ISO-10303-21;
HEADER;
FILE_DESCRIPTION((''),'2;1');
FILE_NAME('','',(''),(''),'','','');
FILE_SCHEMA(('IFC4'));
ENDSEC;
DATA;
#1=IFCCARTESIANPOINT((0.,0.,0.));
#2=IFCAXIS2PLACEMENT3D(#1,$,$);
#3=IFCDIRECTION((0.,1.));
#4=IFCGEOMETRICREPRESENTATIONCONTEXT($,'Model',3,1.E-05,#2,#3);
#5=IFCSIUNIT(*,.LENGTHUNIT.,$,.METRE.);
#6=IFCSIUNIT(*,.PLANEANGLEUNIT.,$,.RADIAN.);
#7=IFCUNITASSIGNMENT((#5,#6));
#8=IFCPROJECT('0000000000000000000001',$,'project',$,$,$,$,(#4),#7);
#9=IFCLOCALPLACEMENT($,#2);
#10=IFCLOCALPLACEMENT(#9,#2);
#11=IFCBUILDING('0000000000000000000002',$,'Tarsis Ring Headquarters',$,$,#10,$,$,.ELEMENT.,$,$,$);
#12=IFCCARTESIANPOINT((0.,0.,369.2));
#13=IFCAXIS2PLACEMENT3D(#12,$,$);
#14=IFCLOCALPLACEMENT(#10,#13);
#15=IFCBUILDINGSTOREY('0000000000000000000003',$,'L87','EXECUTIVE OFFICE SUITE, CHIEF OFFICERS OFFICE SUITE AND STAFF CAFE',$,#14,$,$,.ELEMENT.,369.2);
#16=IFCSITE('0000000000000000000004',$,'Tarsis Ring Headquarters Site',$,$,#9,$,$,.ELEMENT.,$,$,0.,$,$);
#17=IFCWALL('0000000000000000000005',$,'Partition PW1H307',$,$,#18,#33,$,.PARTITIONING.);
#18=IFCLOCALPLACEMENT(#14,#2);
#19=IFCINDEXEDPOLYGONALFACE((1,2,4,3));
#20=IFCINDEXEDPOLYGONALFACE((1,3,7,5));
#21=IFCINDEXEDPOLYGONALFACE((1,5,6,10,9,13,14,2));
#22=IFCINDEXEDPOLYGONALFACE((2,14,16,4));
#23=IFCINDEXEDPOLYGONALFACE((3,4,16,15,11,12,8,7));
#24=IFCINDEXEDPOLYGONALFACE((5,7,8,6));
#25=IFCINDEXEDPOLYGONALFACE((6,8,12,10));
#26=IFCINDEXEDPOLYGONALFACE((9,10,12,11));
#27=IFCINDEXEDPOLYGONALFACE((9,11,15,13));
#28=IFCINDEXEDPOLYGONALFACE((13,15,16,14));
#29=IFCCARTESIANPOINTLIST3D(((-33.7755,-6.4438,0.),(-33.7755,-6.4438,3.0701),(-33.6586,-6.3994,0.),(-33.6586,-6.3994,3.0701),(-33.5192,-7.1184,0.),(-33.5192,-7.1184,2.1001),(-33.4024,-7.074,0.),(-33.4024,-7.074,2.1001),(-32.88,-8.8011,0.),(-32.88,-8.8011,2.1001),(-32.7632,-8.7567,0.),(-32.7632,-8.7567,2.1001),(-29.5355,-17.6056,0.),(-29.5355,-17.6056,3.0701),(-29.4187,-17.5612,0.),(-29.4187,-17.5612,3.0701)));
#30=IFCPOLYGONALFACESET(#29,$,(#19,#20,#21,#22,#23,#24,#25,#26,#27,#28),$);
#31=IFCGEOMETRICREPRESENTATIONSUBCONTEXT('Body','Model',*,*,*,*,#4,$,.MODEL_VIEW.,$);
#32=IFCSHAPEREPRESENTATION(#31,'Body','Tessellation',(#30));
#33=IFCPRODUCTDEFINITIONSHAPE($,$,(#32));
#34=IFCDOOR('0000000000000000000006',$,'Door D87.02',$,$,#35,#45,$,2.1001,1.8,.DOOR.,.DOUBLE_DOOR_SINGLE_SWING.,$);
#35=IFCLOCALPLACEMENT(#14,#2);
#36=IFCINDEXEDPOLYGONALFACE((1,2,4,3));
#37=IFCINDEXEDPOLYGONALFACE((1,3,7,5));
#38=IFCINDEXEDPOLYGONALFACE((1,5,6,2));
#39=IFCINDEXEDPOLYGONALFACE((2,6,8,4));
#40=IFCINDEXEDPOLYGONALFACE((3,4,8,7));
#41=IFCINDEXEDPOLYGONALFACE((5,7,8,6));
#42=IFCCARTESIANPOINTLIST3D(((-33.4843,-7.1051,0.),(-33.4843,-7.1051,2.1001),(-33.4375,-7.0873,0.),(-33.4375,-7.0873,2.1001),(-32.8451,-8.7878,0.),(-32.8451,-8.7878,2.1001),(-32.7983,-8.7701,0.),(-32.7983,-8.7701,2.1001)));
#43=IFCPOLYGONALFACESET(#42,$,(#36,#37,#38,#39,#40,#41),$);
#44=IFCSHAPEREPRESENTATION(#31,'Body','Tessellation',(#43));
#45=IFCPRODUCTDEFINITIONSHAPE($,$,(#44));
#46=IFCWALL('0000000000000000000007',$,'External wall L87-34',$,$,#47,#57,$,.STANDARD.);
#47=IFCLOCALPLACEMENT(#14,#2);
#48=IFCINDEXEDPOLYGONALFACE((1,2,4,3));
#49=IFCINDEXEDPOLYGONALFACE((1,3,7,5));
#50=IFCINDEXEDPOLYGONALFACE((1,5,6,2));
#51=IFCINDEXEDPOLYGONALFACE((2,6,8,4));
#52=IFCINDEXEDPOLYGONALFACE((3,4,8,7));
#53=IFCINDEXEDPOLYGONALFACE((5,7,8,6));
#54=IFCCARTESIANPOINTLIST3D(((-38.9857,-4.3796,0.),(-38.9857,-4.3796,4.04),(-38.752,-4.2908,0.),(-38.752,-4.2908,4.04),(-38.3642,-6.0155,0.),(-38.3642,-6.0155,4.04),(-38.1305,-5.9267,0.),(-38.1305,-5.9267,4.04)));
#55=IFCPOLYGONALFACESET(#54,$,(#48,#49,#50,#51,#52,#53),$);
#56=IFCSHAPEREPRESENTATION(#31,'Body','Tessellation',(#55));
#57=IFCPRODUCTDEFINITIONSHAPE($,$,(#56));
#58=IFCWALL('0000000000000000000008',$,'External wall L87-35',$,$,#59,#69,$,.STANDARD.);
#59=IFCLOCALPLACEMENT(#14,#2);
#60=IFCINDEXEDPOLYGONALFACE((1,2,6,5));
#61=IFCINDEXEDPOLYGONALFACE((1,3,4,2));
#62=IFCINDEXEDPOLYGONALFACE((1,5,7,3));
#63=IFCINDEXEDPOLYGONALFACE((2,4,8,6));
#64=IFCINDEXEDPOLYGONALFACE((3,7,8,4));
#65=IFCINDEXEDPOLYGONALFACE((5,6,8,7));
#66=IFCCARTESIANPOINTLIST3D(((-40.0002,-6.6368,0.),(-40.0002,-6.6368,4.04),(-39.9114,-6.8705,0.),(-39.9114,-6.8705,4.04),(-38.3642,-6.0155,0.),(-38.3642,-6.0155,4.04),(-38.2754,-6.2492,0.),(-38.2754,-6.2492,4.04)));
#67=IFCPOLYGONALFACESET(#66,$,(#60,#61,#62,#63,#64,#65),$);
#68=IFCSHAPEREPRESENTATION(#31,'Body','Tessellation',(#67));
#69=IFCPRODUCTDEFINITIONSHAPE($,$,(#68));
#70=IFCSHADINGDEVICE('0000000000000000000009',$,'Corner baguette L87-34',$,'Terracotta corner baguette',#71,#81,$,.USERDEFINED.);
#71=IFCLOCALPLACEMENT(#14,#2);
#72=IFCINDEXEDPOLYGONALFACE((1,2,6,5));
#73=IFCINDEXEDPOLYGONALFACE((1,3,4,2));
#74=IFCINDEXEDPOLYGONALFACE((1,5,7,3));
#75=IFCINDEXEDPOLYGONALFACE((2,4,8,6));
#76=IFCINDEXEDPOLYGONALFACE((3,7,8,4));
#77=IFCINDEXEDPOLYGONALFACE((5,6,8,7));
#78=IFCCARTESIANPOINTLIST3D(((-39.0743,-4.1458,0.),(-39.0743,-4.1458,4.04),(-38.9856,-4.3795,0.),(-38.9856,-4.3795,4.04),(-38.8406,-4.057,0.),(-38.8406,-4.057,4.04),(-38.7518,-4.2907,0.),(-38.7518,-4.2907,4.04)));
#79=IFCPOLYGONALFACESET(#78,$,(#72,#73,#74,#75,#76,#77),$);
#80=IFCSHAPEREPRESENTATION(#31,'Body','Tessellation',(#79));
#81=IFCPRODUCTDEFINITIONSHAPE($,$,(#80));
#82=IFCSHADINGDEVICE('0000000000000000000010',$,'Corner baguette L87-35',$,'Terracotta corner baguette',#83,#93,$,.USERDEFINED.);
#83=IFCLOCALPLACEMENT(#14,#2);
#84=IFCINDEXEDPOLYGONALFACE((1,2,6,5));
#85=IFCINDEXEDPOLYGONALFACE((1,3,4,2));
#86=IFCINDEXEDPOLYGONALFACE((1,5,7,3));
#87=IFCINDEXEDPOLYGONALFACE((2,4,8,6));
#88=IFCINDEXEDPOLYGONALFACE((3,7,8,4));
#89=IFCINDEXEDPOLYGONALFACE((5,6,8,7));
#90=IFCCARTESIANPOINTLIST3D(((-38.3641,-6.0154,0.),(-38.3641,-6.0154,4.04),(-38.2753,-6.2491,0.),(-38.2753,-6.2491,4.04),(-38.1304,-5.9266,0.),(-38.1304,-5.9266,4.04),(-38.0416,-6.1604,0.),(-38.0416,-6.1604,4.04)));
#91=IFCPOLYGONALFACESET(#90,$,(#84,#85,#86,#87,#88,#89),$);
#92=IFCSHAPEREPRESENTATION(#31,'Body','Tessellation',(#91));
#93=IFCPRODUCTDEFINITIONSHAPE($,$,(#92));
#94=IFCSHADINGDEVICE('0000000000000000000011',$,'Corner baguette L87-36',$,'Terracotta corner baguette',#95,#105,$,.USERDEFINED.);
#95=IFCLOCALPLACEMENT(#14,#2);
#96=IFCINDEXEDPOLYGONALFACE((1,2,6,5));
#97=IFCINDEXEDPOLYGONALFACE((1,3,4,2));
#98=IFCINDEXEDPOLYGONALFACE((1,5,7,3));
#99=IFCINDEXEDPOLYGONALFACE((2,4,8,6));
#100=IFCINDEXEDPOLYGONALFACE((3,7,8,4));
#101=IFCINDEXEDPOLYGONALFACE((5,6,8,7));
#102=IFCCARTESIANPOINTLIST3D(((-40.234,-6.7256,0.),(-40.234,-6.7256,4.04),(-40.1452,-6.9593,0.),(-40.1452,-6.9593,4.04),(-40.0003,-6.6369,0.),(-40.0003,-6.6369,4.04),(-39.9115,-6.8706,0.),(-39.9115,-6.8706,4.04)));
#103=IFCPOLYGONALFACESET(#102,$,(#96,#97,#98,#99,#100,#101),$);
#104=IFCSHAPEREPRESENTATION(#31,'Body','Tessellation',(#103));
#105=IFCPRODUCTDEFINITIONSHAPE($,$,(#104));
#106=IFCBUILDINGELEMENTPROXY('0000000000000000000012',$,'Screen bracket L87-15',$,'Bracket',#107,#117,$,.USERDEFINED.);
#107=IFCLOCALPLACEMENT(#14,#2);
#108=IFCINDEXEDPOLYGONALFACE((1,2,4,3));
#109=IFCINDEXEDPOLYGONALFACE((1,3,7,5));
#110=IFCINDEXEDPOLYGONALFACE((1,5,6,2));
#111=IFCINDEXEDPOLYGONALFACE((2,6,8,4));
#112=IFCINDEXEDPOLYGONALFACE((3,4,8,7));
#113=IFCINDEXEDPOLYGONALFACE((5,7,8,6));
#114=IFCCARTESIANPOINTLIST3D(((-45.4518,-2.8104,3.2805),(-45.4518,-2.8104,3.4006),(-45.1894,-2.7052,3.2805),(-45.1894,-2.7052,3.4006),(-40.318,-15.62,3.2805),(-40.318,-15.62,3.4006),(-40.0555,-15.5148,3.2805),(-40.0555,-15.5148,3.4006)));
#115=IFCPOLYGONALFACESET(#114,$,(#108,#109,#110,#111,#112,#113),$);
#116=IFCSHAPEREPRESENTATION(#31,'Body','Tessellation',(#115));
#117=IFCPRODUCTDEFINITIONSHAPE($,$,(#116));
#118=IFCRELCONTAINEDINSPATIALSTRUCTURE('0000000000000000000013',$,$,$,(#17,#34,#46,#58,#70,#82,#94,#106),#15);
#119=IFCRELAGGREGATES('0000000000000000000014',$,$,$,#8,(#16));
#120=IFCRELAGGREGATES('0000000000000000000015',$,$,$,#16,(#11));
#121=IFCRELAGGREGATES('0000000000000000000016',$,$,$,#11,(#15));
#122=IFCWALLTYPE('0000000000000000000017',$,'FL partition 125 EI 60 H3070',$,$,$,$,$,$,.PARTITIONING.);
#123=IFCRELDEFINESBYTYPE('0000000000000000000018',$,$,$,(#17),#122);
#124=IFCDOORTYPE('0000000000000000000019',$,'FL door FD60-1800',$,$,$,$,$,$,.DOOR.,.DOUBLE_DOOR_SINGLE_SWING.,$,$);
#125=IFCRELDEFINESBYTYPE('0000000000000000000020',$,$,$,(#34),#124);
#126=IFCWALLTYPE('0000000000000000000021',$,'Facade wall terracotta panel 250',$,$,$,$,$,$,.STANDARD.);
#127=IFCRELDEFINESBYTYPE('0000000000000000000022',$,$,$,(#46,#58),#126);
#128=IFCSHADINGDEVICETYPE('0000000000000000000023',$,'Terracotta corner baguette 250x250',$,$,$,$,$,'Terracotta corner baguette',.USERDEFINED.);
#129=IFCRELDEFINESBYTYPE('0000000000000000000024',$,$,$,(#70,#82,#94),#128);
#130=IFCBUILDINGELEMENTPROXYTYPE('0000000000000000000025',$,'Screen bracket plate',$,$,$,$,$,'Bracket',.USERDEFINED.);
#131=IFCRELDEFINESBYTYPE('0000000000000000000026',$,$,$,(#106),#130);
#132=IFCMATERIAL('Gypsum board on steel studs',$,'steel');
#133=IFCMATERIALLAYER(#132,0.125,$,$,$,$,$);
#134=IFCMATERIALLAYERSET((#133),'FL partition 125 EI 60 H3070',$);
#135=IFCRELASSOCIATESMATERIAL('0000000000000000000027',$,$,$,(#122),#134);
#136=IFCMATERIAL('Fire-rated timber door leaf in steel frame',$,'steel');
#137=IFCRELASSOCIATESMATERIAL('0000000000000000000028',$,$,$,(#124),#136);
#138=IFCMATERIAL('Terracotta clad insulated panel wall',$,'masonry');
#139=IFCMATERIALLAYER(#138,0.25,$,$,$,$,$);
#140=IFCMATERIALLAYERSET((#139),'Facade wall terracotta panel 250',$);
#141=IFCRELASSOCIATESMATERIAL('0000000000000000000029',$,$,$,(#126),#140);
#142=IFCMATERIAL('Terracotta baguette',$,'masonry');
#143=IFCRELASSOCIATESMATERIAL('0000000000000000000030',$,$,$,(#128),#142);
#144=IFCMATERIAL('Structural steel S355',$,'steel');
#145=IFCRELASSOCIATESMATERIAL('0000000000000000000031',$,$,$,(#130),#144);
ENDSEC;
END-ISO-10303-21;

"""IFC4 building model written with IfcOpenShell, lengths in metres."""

from ifc_helpers import new_model, si_unit, direction, frame, frame_2d, origin, origin_2d, place, context, subcontext, project, spatial, rectangle, extrude, material, layer, layer_set, type_object, element, fill, save


model = new_model("IFC4")

# Units and contexts
model_context = context("Model", 3, precision=1e-05, world=origin(), true_north=direction((0.0, 1.0)))
body_context = subcontext(model_context, "Body", "Model", "MODEL_VIEW")
ifc_project = project(units=[si_unit("LENGTHUNIT", "METRE"), si_unit("PLANEANGLEUNIT", "RADIAN")], contexts=[model_context])

# Site, building, storey
site_placement = place(None, origin())
site = spatial("IfcSite", under=ifc_project, at=site_placement, Name="Tarsis Ring Headquarters Site", CompositionType="ELEMENT", RefElevation=0.0)
building_placement = place(site_placement, origin())
building = spatial("IfcBuilding", under=site, at=building_placement, Name="Tarsis Ring Headquarters", CompositionType="ELEMENT")
storey_placement = place(building_placement, frame((0.0, 0.0, 369.2)))
storey = spatial("IfcBuildingStorey", under=building, at=storey_placement, Name="L87", Description="EXECUTIVE OFFICE SUITE, CHIEF OFFICERS OFFICE SUITE AND STAFF CAFE", CompositionType="ELEMENT", Elevation=369.2)

# Shared definitions
ifc_material_1 = material(Name="Structural steel S355", Category="steel")

# Shared definitions
ifc_material_2 = material(Name="Gypsum board on steel studs", Category="steel")
ifc_layer_1 = layer(ifc_material_2, 0.125)
ifc_layer_set_1 = layer_set([ifc_layer_1], Name="FL partition 125 EI 60 H3070")
wall_type_1 = type_object("IfcWallType", Name="FL partition 125 EI 60 H3070", PredefinedType="PARTITIONING", material=ifc_layer_set_1)

# Wall, opening, door
wall_1_placement = place(storey_placement, frame((-33.717, -6.4216, 0.0), z_axis=(0.0, 0.0, 1.0), x_axis=(0.355107, -0.934826, 0.0)))
wall_1 = element("IfcWall", 1, at=wall_1_placement, inside=storey, type_object=wall_type_1, Name="Partition PW1H307", PredefinedType="PARTITIONING", context=body_context, shape_type="SweptSolid", body=[
    extrude(rectangle(XDim=11.9399, YDim=0.125, at=frame_2d((5.97, 0.0))), origin(), (0.0, 0.0, 1.0), 3.0701),
])
opening_placement = place(wall_1_placement, frame((0.7217, 0.0, 0.0)))
opening = element("IfcOpeningElement", 2, at=opening_placement, cuts=wall_1, PredefinedType="OPENING", context=body_context, shape_type="SweptSolid", body=[
    extrude(rectangle(XDim=1.8, YDim=2.1001, at=frame_2d((0.8999, 1.05))), frame((0.0, 0.0725, 0.0), z_axis=(0.0, -1.0, 0.0), x_axis=(1.0, 0.0, 0.0)), (0.0, 0.0, 1.0), 0.145),
])
ifc_material_3 = material(Name="Fire-rated timber door leaf in steel frame", Category="steel")
door_type = type_object("IfcDoorType", Name="FL door FD60-1800", OperationType="DOUBLE_DOOR_SINGLE_SWING", PredefinedType="DOOR", material=ifc_material_3)
door_placement = place(opening_placement, origin())
door = element("IfcDoor", 3, at=door_placement, inside=storey, type_object=door_type, Name="Door D87.02", OperationType="DOUBLE_DOOR_SINGLE_SWING", OverallHeight=2.1001, OverallWidth=1.8, PredefinedType="DOOR", context=body_context, shape_type="SweptSolid", body=[
    extrude(rectangle(XDim=1.8, YDim=2.1001, at=frame_2d((0.8999, 1.05))), frame((0.0, 0.0249, 0.0), z_axis=(0.0, -1.0, 0.0), x_axis=(1.0, 0.0, 0.0)), (0.0, 0.0, 1.0), 0.05),
])
fill(opening, door)

# Walls
ifc_material_4 = material(Name="Terracotta clad insulated panel wall", Category="masonry")
ifc_layer_2 = layer(ifc_material_4, 0.25)
ifc_layer_set_2 = layer_set([ifc_layer_2], Name="Facade wall terracotta panel 250")
wall_type_2 = type_object("IfcWallType", Name="Facade wall terracotta panel 250", PredefinedType="STANDARD", material=ifc_layer_set_2)
for number, where, z_axis, x_axis, name in (
    (4, (-38.8689, -4.3352, 0.0), (0.0, 0.0, 1.0), (0.355171, -0.934801, 0.0), "External wall L87-34"),
    (5, (-38.3198, -6.1323, 0.0), (0.0, 0.0, 1.0), (-0.934847, -0.35505, 0.0), "External wall L87-35"),
):
    element("IfcWall", number, at=place(storey_placement, frame(where, z_axis=z_axis, x_axis=x_axis)), inside=storey, type_object=wall_type_2, Name=name, PredefinedType="STANDARD", context=body_context, shape_type="SweptSolid", body=[
        extrude(rectangle(XDim=1.75, YDim=0.25, at=frame_2d((0.875, 0.0))), origin(), (0.0, 0.0, 1.0), 4.04),
    ])

# Shading devices
ifc_material_5 = material(Name="Terracotta baguette", Category="masonry")
shading_device_type = type_object("IfcShadingDeviceType", Name="Terracotta corner baguette 250x250", ElementType="Terracotta corner baguette", PredefinedType="USERDEFINED", material=ifc_material_5)
for number, where, z_axis, x_axis, name in (
    (6, (-38.9131, -4.2183, 0.0), (0.0, 0.0, 1.0), (-0.934826, -0.355107, 0.0), "Corner baguette L87-34"),
    (7, (-38.2029, -6.0879, 0.0), (0.0, 0.0, 1.0), (0.355107, -0.934826, 0.0), "Corner baguette L87-35"),
    (8, (-40.0728, -6.7981, 0.0), (0.0, 0.0, 1.0), (-0.934826, -0.355107, 0.0), "Corner baguette L87-36"),
):
    element("IfcShadingDevice", number, at=place(storey_placement, frame(where, z_axis=z_axis, x_axis=x_axis)), inside=storey, type_object=shading_device_type, Name=name, ObjectType="Terracotta corner baguette", PredefinedType="USERDEFINED", context=body_context, shape_type="SweptSolid", body=[
        extrude(rectangle(XDim=0.25, YDim=0.25, at=origin_2d()), origin(), (0.0, 0.0, 1.0), 4.04),
    ])

# Building element proxy
building_element_proxy_type = type_object("IfcBuildingElementProxyType", Name="Screen bracket plate", ElementType="Bracket", PredefinedType="USERDEFINED", material=ifc_material_1)
proxy_placement = place(storey_placement, frame((-42.7537, -9.1626, 3.2805), z_axis=(0.0, 0.0, 1.0), x_axis=(0.372016, -0.928226, 0.0)))
element("IfcBuildingElementProxy", 9, at=proxy_placement, inside=storey, type_object=building_element_proxy_type, Name="Screen bracket L87-15", ObjectType="Bracket", PredefinedType="USERDEFINED", context=body_context, shape_type="SweptSolid", body=[
    extrude(rectangle(XDim=13.8, YDim=0.2827, at=origin_2d()), origin(), (0.0, 0.0, 1.0), 0.1201),
])

save(model, "model.ifc")
